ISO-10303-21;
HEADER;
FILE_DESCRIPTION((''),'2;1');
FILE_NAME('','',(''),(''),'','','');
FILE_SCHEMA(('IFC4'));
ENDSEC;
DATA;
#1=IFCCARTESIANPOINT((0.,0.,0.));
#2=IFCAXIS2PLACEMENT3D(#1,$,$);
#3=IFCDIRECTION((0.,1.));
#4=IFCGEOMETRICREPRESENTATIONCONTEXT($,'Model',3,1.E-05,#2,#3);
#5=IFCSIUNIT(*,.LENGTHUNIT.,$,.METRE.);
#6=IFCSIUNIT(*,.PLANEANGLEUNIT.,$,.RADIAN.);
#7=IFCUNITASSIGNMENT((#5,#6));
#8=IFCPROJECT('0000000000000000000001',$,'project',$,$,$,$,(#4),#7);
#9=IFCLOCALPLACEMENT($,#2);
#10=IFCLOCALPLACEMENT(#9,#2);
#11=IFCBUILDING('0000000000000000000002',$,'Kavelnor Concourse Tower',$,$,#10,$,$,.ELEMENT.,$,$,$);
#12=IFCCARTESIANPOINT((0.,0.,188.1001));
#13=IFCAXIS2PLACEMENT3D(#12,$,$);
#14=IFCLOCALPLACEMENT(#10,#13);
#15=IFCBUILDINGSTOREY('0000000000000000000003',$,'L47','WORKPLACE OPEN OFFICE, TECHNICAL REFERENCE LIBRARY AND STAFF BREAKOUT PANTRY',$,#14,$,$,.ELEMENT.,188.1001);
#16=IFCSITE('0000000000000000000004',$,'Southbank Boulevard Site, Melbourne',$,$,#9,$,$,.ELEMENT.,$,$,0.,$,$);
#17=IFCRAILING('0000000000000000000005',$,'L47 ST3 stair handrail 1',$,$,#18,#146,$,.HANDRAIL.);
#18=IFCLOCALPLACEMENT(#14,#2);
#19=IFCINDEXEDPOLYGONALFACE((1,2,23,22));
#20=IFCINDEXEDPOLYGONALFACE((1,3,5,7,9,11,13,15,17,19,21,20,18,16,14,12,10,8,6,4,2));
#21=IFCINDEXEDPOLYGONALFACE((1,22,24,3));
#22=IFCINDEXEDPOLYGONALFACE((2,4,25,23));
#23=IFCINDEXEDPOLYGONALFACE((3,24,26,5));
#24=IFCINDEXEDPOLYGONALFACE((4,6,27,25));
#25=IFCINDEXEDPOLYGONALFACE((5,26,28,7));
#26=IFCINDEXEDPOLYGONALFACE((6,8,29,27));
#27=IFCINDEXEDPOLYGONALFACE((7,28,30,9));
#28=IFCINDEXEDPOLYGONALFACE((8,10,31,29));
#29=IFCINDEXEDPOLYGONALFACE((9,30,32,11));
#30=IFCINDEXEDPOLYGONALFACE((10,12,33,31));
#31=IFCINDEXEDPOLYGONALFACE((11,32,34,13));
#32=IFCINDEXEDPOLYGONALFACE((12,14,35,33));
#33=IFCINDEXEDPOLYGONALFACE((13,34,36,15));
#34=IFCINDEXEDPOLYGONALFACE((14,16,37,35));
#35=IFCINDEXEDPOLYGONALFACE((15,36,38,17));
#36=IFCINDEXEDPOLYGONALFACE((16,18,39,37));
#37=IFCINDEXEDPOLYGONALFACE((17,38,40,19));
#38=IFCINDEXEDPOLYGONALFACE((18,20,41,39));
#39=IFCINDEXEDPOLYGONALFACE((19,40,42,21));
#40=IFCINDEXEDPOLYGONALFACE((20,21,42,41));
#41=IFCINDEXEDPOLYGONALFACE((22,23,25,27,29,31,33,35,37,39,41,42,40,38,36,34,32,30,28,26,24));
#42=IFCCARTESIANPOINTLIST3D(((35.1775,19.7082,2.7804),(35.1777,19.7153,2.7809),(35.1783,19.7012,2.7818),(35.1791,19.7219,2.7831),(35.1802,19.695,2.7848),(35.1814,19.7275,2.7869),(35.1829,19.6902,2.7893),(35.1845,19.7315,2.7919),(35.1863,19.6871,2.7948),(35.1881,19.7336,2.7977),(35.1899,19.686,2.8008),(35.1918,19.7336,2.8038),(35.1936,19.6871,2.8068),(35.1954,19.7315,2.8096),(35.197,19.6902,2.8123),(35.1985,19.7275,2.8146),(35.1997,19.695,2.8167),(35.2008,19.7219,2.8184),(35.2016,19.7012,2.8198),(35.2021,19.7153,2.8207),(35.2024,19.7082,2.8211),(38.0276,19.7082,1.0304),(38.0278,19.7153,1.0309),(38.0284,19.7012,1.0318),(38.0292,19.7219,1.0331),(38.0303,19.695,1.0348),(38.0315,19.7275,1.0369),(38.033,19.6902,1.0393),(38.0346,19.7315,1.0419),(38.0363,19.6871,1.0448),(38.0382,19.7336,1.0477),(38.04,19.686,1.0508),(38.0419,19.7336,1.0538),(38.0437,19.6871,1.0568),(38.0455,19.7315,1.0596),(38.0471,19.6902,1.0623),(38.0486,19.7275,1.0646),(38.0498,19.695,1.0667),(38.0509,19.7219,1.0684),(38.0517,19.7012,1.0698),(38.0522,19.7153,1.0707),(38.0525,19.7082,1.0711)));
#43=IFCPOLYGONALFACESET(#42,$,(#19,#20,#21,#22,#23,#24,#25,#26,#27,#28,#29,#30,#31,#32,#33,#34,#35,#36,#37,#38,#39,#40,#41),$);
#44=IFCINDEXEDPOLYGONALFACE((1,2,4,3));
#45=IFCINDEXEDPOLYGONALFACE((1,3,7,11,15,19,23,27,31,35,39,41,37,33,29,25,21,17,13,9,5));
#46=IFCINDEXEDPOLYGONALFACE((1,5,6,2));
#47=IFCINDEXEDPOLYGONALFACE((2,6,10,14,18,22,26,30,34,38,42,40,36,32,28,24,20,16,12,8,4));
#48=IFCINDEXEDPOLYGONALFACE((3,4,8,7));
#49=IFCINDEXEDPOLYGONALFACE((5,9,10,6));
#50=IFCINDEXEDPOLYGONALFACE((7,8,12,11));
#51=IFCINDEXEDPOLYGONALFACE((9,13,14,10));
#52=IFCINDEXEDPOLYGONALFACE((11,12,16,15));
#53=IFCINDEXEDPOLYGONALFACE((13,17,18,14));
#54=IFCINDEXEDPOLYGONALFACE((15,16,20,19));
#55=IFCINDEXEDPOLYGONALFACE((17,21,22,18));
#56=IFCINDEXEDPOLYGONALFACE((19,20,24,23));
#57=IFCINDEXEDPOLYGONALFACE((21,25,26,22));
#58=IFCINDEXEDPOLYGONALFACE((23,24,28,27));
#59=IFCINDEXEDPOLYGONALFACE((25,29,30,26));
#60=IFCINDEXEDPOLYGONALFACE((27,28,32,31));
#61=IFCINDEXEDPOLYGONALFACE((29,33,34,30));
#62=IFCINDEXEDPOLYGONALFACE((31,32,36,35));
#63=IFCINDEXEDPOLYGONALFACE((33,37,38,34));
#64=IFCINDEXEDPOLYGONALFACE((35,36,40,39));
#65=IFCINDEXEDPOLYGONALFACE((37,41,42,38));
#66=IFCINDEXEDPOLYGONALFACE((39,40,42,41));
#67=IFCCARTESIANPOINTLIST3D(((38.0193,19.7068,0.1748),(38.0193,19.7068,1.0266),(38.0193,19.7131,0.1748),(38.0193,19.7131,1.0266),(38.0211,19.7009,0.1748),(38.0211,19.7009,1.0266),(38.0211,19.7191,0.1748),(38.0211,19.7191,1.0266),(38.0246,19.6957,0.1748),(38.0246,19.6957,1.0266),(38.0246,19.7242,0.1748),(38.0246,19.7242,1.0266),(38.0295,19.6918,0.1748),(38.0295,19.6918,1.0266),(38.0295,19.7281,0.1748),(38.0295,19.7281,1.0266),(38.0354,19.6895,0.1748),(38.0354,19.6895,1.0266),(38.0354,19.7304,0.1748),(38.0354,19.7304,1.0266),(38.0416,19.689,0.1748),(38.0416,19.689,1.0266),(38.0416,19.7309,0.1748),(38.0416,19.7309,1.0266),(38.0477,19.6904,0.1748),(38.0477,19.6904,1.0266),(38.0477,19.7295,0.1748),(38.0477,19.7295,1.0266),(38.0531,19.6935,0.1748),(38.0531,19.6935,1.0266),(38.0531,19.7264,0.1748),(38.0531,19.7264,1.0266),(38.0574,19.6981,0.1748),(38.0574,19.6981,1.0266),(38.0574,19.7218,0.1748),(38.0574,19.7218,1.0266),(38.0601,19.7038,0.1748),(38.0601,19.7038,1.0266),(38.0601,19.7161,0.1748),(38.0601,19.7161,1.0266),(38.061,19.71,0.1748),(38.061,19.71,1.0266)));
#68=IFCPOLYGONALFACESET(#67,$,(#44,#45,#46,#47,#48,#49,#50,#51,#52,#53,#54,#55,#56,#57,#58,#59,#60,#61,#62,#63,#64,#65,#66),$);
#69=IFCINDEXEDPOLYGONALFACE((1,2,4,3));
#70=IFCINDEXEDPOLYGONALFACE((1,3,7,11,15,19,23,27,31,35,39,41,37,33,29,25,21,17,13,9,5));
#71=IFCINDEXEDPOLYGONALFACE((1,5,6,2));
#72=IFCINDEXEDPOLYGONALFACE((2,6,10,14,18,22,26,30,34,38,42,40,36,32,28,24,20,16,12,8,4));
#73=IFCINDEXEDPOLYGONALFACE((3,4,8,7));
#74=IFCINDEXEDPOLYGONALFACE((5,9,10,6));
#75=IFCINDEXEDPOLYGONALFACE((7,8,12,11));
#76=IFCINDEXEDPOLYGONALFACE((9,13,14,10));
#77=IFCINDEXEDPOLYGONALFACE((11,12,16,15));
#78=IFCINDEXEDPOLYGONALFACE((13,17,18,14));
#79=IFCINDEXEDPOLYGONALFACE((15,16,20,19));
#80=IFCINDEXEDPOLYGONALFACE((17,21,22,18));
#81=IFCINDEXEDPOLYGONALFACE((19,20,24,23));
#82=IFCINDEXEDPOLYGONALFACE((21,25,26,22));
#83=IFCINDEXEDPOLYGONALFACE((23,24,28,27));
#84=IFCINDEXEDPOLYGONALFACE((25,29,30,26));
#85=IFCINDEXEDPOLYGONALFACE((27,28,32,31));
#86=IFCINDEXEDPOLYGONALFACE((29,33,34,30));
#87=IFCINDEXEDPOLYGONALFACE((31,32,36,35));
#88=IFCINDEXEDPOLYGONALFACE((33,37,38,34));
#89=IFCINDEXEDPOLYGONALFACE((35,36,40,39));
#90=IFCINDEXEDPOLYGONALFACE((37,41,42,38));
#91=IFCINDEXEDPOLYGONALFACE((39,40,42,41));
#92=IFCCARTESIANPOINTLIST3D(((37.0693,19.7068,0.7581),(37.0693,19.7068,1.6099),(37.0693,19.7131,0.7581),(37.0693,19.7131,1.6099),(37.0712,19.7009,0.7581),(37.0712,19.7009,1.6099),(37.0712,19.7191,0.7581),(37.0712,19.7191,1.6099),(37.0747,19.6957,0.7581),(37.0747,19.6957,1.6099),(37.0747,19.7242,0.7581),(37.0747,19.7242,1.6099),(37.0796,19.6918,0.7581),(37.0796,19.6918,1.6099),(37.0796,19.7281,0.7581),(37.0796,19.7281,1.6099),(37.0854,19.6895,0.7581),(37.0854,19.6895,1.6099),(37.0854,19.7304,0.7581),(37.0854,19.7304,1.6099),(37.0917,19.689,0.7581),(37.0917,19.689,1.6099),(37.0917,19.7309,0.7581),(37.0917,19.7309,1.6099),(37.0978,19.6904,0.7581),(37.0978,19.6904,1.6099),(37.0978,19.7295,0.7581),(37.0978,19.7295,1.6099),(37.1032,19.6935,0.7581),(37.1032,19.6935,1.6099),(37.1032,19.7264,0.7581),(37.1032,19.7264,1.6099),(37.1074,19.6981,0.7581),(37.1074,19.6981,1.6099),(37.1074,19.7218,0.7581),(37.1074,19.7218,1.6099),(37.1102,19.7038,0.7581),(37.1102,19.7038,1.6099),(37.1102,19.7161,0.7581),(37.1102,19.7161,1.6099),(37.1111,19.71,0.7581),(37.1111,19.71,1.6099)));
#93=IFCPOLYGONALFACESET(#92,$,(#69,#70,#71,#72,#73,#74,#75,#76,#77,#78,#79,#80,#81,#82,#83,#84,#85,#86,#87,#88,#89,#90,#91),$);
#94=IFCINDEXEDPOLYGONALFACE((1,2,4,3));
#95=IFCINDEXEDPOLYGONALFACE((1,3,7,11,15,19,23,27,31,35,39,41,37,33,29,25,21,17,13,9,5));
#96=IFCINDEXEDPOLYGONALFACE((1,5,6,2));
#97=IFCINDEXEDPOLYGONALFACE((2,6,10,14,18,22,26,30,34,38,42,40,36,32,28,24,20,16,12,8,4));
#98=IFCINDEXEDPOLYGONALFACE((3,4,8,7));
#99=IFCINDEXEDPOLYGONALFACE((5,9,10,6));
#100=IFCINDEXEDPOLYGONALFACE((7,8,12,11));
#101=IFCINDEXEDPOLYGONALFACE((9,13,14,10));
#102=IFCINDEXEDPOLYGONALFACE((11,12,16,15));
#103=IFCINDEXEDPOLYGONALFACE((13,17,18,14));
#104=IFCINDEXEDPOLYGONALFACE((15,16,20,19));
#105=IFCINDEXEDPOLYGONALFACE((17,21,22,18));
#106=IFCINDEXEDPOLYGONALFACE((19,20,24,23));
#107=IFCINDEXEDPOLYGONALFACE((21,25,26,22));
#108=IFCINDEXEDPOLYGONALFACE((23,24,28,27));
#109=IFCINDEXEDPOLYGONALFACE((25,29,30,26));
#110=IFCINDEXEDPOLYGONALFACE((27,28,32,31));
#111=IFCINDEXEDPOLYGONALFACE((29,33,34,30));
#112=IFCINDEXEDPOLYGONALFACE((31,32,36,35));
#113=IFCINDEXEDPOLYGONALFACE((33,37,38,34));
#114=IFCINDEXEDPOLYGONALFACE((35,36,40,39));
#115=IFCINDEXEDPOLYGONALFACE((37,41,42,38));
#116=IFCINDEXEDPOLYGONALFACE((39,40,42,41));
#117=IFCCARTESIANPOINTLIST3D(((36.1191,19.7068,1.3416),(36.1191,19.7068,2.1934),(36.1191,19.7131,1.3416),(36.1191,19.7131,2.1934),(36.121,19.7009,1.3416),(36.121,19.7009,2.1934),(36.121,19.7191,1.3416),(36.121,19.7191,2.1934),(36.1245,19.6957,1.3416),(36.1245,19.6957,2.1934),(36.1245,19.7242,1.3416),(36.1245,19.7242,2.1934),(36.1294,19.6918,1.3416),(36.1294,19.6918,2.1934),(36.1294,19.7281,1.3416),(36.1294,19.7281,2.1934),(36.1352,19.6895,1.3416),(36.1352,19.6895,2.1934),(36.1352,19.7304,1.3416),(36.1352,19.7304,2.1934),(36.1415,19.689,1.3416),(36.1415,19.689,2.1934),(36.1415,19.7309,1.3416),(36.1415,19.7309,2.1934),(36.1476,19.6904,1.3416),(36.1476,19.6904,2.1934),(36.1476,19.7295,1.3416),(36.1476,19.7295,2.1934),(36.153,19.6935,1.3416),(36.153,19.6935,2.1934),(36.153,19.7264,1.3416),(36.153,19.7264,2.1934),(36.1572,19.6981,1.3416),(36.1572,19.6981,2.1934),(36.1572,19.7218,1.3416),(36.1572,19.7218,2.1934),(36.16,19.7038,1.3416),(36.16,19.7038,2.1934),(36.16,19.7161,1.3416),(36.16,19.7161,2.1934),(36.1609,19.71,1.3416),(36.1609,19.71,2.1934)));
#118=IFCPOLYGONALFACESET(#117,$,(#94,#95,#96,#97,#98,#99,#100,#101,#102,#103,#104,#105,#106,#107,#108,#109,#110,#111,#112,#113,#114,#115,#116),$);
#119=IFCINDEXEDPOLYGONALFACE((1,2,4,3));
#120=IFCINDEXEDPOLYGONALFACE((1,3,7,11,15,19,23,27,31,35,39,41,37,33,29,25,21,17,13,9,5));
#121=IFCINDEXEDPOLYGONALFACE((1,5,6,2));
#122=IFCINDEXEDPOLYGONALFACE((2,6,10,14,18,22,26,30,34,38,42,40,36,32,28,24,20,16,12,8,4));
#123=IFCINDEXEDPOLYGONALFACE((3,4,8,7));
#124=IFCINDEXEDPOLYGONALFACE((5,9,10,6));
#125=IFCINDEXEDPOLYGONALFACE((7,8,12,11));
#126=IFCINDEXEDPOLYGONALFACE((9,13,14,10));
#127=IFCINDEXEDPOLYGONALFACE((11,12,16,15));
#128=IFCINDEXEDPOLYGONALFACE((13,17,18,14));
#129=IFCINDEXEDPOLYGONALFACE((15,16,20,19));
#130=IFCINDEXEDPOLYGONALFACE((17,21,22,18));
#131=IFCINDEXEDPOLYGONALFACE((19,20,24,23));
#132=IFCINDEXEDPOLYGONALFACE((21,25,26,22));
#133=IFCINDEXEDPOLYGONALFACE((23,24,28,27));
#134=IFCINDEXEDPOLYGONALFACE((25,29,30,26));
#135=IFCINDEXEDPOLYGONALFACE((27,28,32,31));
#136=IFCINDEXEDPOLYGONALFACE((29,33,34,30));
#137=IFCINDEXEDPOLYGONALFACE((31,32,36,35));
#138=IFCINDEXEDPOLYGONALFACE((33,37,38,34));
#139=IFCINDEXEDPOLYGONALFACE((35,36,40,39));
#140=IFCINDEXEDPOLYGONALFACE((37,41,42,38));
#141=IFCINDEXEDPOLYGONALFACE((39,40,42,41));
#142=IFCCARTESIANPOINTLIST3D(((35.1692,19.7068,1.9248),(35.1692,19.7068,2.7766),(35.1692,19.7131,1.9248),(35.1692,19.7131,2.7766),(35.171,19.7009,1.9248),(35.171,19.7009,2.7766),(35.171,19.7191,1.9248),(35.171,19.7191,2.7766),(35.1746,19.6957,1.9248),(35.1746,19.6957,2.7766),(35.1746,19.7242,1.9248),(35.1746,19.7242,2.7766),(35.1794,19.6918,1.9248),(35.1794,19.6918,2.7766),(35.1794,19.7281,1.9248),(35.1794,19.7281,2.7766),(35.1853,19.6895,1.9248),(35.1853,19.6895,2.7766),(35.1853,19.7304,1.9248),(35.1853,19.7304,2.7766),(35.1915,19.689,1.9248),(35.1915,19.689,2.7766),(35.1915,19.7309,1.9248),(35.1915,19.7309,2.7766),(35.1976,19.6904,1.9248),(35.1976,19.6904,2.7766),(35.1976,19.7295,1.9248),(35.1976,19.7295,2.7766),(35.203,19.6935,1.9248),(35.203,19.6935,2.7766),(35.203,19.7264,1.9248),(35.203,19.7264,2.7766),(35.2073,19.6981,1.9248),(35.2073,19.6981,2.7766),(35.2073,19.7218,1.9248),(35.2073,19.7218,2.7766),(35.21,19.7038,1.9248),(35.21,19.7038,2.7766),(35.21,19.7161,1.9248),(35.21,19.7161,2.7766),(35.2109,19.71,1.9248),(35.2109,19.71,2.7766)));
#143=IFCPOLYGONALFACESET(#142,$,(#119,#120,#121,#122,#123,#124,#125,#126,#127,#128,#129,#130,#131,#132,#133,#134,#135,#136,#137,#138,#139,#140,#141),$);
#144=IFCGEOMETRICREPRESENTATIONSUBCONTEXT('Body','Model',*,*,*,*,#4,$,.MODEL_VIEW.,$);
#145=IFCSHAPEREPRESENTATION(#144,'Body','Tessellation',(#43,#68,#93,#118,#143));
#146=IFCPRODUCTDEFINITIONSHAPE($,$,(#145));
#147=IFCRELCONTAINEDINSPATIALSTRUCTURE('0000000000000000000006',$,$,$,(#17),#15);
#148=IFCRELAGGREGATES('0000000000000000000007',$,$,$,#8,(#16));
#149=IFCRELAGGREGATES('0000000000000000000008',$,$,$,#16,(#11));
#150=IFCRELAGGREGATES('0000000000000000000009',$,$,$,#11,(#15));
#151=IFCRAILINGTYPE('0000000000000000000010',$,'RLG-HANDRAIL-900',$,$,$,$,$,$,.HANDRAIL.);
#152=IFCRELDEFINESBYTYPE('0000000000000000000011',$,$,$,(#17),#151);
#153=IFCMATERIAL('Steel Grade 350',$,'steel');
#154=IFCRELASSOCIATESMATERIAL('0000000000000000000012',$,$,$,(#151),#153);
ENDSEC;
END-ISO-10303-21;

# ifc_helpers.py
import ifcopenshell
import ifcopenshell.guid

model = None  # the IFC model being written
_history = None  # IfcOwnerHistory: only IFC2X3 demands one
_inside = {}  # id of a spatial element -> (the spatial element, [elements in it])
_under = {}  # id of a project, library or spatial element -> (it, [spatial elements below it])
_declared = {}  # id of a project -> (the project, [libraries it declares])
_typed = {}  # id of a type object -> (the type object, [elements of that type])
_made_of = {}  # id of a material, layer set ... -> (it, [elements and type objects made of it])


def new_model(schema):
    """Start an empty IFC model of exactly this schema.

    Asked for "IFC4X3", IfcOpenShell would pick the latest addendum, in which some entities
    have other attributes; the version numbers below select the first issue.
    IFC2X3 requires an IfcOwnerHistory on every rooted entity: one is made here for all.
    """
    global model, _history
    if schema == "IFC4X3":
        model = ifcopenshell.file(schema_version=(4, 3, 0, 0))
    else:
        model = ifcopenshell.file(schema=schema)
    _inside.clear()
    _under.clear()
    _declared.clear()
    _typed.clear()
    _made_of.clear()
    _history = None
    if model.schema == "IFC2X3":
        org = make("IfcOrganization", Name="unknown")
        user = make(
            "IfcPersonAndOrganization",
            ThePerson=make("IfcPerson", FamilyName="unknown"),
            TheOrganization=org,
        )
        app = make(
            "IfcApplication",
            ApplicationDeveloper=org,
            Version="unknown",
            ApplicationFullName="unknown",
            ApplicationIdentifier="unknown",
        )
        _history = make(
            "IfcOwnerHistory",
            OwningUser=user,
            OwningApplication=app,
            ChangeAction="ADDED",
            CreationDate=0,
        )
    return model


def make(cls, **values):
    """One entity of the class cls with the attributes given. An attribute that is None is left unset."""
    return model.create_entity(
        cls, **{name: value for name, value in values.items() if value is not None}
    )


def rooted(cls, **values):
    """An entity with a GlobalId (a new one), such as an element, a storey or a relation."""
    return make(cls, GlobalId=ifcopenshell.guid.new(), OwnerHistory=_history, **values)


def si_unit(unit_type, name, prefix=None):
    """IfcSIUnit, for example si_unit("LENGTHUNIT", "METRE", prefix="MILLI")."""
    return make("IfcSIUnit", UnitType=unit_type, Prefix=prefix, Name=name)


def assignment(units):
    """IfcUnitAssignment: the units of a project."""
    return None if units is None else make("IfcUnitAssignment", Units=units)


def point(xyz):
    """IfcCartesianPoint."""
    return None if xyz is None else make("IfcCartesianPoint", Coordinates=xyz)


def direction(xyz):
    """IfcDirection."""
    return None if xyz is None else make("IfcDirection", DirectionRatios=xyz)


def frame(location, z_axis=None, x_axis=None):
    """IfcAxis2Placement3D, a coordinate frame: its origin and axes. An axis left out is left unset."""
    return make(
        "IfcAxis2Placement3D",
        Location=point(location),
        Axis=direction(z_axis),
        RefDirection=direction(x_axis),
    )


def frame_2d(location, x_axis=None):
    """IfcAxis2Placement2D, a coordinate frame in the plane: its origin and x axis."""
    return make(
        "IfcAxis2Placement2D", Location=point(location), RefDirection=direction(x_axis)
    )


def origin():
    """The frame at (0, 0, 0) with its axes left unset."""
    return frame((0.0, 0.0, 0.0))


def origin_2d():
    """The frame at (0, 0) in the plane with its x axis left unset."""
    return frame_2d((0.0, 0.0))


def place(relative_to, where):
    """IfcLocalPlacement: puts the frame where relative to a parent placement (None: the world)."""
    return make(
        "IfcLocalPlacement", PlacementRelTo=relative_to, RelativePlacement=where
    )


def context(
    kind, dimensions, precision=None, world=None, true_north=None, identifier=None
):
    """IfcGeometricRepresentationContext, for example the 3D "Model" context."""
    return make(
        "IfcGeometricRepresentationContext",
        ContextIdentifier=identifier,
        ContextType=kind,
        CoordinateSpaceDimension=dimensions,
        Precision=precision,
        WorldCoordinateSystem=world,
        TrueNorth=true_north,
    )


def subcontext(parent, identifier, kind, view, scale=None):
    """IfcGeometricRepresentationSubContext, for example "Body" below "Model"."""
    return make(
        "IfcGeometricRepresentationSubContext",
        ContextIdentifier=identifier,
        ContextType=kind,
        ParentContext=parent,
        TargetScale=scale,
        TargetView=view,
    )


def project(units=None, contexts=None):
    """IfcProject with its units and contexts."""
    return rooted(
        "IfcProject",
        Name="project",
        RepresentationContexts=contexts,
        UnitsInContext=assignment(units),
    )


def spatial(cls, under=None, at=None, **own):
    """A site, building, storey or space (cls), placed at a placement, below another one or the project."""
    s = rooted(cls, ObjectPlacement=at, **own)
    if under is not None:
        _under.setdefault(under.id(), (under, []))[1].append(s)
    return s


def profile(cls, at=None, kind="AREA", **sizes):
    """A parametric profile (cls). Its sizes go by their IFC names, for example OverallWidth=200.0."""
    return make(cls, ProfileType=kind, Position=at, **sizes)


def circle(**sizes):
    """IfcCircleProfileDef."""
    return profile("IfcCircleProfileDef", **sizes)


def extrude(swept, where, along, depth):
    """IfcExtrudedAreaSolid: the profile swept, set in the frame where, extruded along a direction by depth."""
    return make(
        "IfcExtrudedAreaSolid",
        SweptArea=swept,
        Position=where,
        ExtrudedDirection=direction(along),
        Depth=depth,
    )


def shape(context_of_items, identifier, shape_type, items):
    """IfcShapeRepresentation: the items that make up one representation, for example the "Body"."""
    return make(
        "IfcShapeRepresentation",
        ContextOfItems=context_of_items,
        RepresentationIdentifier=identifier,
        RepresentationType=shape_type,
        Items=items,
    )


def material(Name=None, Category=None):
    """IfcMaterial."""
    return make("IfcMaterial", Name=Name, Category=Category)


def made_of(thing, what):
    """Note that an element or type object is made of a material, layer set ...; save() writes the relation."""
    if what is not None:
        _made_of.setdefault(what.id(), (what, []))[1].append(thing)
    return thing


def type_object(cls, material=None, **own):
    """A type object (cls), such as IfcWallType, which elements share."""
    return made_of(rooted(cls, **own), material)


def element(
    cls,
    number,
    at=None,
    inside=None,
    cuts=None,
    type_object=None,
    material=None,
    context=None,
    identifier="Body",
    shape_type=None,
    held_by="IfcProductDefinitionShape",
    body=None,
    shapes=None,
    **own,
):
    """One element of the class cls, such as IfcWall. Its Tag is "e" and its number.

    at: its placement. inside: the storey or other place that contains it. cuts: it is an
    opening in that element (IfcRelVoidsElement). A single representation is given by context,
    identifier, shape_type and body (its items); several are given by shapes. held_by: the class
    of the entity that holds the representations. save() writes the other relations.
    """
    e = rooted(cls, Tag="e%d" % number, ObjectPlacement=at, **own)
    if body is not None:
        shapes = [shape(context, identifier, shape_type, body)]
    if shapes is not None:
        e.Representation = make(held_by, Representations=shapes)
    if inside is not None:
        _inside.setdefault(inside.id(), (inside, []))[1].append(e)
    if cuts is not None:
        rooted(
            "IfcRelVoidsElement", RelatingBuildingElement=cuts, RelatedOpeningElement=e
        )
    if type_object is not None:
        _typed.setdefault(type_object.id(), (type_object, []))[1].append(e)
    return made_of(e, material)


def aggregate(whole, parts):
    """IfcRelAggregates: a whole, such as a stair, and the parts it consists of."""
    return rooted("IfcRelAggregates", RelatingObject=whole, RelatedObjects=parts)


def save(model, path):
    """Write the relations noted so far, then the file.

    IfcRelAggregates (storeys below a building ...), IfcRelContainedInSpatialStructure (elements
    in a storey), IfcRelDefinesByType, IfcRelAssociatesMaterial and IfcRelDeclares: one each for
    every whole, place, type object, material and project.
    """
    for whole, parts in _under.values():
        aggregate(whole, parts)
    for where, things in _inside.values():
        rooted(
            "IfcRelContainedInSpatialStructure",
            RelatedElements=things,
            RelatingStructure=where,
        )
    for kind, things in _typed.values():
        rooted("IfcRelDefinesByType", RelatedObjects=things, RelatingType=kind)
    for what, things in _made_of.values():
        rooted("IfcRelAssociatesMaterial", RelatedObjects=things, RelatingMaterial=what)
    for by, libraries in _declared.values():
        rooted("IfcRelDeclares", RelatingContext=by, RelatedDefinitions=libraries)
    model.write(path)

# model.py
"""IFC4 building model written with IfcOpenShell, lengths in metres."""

from ifc_helpers import new_model, si_unit, direction, frame, origin, origin_2d, place, context, subcontext, project, spatial, circle, extrude, material, type_object, element, save


model = new_model("IFC4")

# Units and contexts
model_context = context("Model", 3, precision=1e-05, world=origin(), true_north=direction((0.0, 1.0)))
body_context = subcontext(model_context, "Body", "Model", "MODEL_VIEW")
ifc_project = project(units=[si_unit("LENGTHUNIT", "METRE"), si_unit("PLANEANGLEUNIT", "RADIAN")], contexts=[model_context])

# Site, building, storey
site_placement = place(None, origin())
site = spatial("IfcSite", under=ifc_project, at=site_placement, Name="Southbank Boulevard Site, Melbourne", CompositionType="ELEMENT", RefElevation=0.0)
building_placement = place(site_placement, origin())
building = spatial("IfcBuilding", under=site, at=building_placement, Name="Kavelnor Concourse Tower", CompositionType="ELEMENT")
storey_placement = place(building_placement, frame((0.0, 0.0, 188.1001)))
storey = spatial("IfcBuildingStorey", under=building, at=storey_placement, Name="L47", Description="WORKPLACE OPEN OFFICE, TECHNICAL REFERENCE LIBRARY AND STAFF BREAKOUT PANTRY", CompositionType="ELEMENT", Elevation=188.1001)

# Shared definitions
ifc_material_1 = material(Name="Steel Grade 350", Category="steel")

# Railing
railing_type_1 = type_object("IfcRailingType", Name="RLG-HANDRAIL-900", PredefinedType="HANDRAIL", material=ifc_material_1)
railing_1_placement = place(storey_placement, frame((38.04, 19.71, 0.1748)))
element("IfcRailing", 1, at=railing_1_placement, inside=storey, type_object=railing_type_1, Name="L47 ST3 stair handrail 1", PredefinedType="HANDRAIL", context=body_context, shape_type="SweptSolid", body=[
    extrude(circle(Radius=0.0239, at=origin_2d()), frame((0.0, 0.0, 0.876), z_axis=(-0.852179, 0.0, 0.52325), x_axis=(0.0, -1.0, 0.0)), (0.0, 0.0, 1.0), 3.3445),
    extrude(circle(Radius=0.021, at=origin_2d()), origin(), (0.0, 0.0, 1.0), 0.8518),
    extrude(circle(Radius=0.021, at=origin_2d()), frame((-0.95, 0.0, 0.5833)), (0.0, 0.0, 1.0), 0.8518),
    extrude(circle(Radius=0.021, at=origin_2d()), frame((-1.9001, 0.0, 1.1667)), (0.0, 0.0, 1.0), 0.8518),
    extrude(circle(Radius=0.021, at=origin_2d()), frame((-2.8501, 0.0, 1.75)), (0.0, 0.0, 1.0), 0.8518),
])

save(model, "model.ifc")
